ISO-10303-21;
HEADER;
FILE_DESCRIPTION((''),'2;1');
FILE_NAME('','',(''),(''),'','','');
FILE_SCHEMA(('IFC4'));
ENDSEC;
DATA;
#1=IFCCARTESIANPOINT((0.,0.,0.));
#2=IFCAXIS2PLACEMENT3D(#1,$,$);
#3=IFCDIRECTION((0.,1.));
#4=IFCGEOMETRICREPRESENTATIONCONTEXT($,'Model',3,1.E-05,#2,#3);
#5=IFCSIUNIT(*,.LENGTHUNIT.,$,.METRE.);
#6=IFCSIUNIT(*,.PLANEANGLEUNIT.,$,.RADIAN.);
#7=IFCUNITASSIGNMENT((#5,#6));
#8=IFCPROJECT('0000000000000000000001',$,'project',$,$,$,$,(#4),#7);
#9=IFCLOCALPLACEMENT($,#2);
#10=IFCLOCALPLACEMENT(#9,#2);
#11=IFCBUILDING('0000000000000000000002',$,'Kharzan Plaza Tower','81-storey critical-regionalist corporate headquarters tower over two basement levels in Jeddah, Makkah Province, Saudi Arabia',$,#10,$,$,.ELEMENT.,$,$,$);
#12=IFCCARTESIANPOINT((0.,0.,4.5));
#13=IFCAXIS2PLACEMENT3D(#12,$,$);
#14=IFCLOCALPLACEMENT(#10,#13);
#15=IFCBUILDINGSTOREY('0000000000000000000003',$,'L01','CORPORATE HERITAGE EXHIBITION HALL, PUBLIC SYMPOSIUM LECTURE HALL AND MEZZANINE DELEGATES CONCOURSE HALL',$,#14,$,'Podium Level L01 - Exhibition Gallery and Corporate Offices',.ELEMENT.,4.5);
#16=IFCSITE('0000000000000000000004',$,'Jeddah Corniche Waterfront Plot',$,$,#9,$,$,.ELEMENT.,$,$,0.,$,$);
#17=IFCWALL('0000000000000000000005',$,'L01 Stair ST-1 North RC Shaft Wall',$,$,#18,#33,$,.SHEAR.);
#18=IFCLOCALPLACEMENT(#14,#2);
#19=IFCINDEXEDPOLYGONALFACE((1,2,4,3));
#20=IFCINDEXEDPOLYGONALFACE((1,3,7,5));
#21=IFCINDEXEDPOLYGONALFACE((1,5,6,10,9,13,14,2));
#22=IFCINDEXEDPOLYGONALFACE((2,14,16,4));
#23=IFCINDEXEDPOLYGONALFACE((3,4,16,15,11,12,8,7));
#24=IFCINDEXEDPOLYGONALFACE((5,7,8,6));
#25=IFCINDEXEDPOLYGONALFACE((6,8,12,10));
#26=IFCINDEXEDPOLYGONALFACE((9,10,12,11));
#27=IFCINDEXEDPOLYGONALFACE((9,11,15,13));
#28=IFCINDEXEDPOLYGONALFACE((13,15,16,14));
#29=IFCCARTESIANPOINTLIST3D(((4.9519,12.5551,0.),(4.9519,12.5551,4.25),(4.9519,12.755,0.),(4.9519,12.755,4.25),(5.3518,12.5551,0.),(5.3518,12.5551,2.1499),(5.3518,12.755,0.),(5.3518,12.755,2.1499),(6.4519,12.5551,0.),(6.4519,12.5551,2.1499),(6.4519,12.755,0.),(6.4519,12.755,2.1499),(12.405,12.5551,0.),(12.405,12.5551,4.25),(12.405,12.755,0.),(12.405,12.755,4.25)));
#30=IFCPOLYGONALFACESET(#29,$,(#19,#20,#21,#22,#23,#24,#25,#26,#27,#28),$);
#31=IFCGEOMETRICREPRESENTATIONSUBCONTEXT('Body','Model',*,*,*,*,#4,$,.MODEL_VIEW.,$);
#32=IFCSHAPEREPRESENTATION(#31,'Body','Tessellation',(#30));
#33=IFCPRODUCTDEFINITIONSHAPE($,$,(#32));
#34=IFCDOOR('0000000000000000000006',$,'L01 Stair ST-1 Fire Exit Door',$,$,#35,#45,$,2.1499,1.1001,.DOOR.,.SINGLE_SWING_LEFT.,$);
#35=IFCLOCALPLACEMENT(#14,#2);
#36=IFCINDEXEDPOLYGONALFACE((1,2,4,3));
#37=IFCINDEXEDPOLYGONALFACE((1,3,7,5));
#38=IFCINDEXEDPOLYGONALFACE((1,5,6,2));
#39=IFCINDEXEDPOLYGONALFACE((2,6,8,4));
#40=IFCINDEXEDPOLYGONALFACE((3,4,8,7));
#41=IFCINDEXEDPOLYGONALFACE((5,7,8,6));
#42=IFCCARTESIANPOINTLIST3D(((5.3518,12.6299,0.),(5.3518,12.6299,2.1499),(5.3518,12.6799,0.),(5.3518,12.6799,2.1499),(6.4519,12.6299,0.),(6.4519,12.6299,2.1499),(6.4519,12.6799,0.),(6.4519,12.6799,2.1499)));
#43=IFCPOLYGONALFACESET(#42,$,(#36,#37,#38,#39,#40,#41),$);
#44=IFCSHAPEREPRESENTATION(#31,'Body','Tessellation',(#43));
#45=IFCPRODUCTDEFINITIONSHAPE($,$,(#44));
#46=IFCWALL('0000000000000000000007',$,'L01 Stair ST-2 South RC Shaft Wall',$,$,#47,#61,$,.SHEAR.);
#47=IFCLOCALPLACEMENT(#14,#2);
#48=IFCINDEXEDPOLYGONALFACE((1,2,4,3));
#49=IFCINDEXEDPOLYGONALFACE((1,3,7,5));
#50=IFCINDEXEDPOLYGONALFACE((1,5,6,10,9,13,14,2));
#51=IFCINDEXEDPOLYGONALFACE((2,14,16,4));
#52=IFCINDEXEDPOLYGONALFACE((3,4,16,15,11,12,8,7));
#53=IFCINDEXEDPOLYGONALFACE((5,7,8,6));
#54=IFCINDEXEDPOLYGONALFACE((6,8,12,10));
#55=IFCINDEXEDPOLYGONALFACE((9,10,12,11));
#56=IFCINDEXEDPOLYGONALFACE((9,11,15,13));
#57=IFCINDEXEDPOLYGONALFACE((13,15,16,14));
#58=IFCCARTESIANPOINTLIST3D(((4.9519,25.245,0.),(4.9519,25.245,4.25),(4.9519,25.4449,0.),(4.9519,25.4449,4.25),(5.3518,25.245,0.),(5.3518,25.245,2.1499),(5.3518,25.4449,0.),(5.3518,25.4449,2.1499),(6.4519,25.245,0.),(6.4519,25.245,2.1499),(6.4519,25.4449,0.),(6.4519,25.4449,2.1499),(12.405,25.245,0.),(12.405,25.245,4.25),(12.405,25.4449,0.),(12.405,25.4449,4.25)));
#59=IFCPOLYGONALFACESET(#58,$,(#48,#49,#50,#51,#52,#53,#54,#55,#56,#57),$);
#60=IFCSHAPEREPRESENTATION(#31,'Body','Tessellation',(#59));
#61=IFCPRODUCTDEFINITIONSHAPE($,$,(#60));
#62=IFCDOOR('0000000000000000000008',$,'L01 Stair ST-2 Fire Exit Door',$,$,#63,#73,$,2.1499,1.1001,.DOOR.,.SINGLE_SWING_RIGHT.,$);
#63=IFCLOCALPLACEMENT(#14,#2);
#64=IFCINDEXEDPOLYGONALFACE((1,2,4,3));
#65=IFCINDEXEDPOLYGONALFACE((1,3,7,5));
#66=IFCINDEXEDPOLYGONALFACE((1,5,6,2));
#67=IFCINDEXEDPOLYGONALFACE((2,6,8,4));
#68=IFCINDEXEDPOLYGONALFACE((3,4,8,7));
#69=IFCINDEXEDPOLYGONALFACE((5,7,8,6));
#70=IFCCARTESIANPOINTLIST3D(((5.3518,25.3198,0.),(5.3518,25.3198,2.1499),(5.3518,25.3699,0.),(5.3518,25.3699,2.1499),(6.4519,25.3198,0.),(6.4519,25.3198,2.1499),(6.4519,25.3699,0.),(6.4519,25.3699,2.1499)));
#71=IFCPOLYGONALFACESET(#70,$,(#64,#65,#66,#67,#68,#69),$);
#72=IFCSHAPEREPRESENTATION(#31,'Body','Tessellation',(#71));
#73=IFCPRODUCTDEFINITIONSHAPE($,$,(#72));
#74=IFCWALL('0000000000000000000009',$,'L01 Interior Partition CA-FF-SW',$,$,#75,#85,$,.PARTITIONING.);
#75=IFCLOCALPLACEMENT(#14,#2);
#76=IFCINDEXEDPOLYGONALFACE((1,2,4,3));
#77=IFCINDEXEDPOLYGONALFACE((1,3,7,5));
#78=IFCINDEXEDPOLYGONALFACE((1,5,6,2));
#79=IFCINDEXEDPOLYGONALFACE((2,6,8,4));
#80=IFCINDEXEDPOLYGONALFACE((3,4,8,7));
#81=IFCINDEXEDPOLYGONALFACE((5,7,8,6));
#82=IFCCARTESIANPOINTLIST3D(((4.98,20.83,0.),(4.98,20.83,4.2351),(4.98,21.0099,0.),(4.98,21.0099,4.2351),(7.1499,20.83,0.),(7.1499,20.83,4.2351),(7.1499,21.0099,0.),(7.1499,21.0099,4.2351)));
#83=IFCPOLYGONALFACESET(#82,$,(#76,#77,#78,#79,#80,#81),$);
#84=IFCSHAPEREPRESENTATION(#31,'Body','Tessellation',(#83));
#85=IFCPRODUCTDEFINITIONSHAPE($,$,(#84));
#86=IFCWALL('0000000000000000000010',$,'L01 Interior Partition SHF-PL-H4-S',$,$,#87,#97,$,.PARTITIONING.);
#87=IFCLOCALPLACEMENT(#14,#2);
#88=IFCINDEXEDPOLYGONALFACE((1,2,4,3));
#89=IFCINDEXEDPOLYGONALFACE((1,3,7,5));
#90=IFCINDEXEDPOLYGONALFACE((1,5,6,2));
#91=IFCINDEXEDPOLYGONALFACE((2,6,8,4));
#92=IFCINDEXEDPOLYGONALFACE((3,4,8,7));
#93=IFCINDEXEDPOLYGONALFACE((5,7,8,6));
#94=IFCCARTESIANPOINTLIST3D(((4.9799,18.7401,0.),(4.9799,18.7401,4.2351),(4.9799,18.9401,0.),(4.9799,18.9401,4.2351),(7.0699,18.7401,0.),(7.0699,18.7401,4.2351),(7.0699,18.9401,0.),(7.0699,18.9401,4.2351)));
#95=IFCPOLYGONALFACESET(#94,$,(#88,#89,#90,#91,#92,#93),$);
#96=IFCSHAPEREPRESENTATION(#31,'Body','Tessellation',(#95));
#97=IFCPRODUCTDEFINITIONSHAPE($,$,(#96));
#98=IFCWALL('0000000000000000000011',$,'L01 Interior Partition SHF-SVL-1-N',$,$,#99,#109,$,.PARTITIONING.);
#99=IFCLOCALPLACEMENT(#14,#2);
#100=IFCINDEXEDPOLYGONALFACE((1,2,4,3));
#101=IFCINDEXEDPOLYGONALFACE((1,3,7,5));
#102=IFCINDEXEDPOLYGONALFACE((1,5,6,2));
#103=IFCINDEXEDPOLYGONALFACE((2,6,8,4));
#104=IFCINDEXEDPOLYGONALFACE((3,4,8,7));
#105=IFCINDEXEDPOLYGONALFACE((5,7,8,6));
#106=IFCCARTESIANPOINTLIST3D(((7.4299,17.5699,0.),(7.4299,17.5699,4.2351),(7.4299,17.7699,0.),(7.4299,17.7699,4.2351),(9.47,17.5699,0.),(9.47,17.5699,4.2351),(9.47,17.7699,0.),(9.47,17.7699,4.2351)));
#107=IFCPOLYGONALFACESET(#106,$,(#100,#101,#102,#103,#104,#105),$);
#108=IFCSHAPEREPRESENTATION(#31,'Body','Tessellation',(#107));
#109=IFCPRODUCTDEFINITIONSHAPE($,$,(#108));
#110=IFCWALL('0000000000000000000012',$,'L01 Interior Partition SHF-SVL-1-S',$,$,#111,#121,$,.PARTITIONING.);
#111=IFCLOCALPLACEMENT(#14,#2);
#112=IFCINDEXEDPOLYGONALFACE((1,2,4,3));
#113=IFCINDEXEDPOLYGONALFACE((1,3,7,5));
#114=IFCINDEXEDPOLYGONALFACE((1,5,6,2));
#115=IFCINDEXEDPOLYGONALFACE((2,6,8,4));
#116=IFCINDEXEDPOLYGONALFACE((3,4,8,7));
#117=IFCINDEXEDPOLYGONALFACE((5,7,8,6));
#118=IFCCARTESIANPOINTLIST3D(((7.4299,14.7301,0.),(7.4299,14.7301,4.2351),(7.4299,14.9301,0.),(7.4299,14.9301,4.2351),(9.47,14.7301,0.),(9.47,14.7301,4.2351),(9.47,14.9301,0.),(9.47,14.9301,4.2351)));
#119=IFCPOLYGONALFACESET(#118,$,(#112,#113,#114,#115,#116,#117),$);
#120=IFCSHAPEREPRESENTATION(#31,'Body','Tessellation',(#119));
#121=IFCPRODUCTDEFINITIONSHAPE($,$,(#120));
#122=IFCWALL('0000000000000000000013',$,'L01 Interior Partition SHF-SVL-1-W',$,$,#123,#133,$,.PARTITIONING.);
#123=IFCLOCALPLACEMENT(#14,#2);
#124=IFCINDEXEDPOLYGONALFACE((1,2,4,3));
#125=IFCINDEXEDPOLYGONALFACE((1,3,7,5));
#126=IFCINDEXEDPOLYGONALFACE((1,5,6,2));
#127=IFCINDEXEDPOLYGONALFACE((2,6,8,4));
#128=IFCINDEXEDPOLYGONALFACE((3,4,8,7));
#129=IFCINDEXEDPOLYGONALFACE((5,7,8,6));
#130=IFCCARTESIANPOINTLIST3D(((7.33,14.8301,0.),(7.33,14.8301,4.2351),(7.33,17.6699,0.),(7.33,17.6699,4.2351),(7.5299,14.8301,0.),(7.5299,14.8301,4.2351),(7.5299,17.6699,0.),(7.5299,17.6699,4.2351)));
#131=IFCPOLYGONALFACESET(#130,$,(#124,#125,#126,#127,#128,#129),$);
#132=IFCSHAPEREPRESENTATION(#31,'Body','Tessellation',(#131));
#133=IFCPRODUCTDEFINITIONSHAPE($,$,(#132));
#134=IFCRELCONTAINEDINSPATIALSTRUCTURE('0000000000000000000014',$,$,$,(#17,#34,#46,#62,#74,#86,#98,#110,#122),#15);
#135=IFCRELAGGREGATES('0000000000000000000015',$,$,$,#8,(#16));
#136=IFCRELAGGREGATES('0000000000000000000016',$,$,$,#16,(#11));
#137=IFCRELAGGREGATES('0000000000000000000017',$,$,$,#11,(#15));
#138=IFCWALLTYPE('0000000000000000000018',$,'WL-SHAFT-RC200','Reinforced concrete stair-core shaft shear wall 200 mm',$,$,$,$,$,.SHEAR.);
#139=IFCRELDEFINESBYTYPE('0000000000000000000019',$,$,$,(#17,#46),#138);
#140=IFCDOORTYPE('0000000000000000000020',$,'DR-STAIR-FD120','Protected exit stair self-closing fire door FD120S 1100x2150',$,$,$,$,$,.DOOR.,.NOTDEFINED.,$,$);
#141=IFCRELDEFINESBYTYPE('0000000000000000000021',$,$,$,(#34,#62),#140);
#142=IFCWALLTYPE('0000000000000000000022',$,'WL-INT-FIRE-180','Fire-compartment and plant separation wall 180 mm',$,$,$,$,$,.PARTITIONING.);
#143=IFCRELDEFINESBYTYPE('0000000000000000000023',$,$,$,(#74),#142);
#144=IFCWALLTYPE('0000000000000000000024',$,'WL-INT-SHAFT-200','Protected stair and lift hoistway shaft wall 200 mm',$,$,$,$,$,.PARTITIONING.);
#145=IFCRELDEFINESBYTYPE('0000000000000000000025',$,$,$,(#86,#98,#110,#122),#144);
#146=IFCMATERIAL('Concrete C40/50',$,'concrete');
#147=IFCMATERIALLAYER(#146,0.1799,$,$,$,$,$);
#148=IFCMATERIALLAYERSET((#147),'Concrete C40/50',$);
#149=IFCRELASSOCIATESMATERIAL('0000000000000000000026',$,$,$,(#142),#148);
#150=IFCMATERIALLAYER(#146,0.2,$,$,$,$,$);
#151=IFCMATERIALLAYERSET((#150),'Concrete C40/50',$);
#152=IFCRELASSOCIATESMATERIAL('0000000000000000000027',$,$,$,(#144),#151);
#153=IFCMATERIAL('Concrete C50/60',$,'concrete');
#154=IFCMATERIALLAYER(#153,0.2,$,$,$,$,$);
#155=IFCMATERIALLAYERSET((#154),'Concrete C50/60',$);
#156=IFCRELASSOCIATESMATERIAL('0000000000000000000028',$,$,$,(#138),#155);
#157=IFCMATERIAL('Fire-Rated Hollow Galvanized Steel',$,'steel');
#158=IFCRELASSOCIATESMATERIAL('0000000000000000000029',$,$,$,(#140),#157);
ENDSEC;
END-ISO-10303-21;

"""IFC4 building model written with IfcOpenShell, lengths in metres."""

from ifc_helpers import new_model, si_unit, direction, frame, frame_2d, origin, place, context, subcontext, project, spatial, rectangle, extrude, source, transform, mapped, material, layer, layer_set, type_object, element, fill, save


model = new_model("IFC4")

# Units and contexts
model_context = context("Model", 3, precision=1e-05, world=origin(), true_north=direction((0.0, 1.0)))
body_context = subcontext(model_context, "Body", "Model", "MODEL_VIEW")
ifc_project = project(units=[si_unit("LENGTHUNIT", "METRE"), si_unit("PLANEANGLEUNIT", "RADIAN")], contexts=[model_context])

# Site, building, storey
site_placement = place(None, origin())
site = spatial("IfcSite", under=ifc_project, at=site_placement, Name="Jeddah Corniche Waterfront Plot", CompositionType="ELEMENT", RefElevation=0.0)
building_placement = place(site_placement, origin())
building = spatial("IfcBuilding", under=site, at=building_placement, Name="Kharzan Plaza Tower", Description="81-storey critical-regionalist corporate headquarters tower over two basement levels in Jeddah, Makkah Province, Saudi Arabia", CompositionType="ELEMENT")
storey_placement = place(building_placement, frame((0.0, 0.0, 4.5)))
storey = spatial("IfcBuildingStorey", under=building, at=storey_placement, Name="L01", Description="CORPORATE HERITAGE EXHIBITION HALL, PUBLIC SYMPOSIUM LECTURE HALL AND MEZZANINE DELEGATES CONCOURSE HALL", LongName="Podium Level L01 - Exhibition Gallery and Corporate Offices", CompositionType="ELEMENT", Elevation=4.5)

# Shared definitions
ifc_material_1 = material(Name="Concrete C40/50", Category="concrete")
ifc_layer_1 = layer(ifc_material_1, 0.1799)
ifc_layer_set_1 = layer_set([ifc_layer_1], Name="Concrete C40/50")
wall_type_1 = type_object("IfcWallType", Name="WL-INT-FIRE-180", Description="Fire-compartment and plant separation wall 180 mm", PredefinedType="PARTITIONING", material=ifc_layer_set_1)
ifc_layer_2 = layer(ifc_material_1, 0.2)
ifc_layer_set_2 = layer_set([ifc_layer_2], Name="Concrete C40/50")
wall_type_2 = type_object("IfcWallType", Name="WL-INT-SHAFT-200", Description="Protected stair and lift hoistway shaft wall 200 mm", PredefinedType="PARTITIONING", material=ifc_layer_set_2)

# Walls, openings, doors
ifc_material_2 = material(Name="Concrete C50/60", Category="concrete")
ifc_layer_3 = layer(ifc_material_2, 0.2)
ifc_layer_set_3 = layer_set([ifc_layer_3], Name="Concrete C50/60")
wall_type_3 = type_object("IfcWallType", Name="WL-SHAFT-RC200", Description="Reinforced concrete stair-core shaft shear wall 200 mm", PredefinedType="SHEAR", material=ifc_layer_set_3)
wall_1_placement = place(storey_placement, frame((4.9519, 12.655, 0.0), z_axis=(0.0, 0.0, 1.0), x_axis=(1.0, 0.0, 0.0)))
wall_1 = element("IfcWall", 1, at=wall_1_placement, inside=storey, type_object=wall_type_3, Name="L01 Stair ST-1 North RC Shaft Wall", PredefinedType="SHEAR", context=body_context, shape_type="SweptSolid", body=[
    extrude(rectangle(XDim=7.4531, YDim=0.2, at=frame_2d((3.7266, 0.0))), origin(), (0.0, 0.0, 1.0), 4.25),
])
opening_1_placement = place(wall_1_placement, frame((0.3999, 0.0, 0.0)))
opening_1 = element("IfcOpeningElement", 2, at=opening_1_placement, cuts=wall_1, PredefinedType="OPENING", context=body_context, shape_type="SweptSolid", body=[
    extrude(rectangle(XDim=1.1001, YDim=2.1499, at=frame_2d((0.55, 1.075))), frame((0.0, 0.1099, 0.0), z_axis=(0.0, -1.0, 0.0), x_axis=(1.0, 0.0, 0.0)), (0.0, 0.0, 1.0), 0.22),
])
ifc_material_3 = material(Name="Fire-Rated Hollow Galvanized Steel", Category="steel")
door_type_1 = type_object("IfcDoorType", Name="DR-STAIR-FD120", Description="Protected exit stair self-closing fire door FD120S 1100x2150", OperationType="NOTDEFINED", PredefinedType="DOOR", material=ifc_material_3)
shared_shape_1 = source(origin(), body_context, "Body", "SweptSolid", [
    extrude(rectangle(XDim=1.1001, YDim=2.1499, at=frame_2d((0.55, 1.075))), frame((0.0, 0.0249, 0.0), z_axis=(0.0, -1.0, 0.0), x_axis=(1.0, 0.0, 0.0)), (0.0, 0.0, 1.0), 0.05),
])
door_1_placement = place(opening_1_placement, origin())
door_1 = element("IfcDoor", 3, at=door_1_placement, inside=storey, type_object=door_type_1, Name="L01 Stair ST-1 Fire Exit Door", OperationType="SINGLE_SWING_LEFT", OverallHeight=2.1499, OverallWidth=1.1001, PredefinedType="DOOR", context=body_context, shape_type="MappedRepresentation", body=[
    mapped(shared_shape_1, transform((0.0, 0.0, 0.0), x_axis=(1.0, 0.0, 0.0), y_axis=(0.0, 1.0, 0.0), z_axis=(0.0, 0.0, 1.0))),
])
fill(opening_1, door_1)
wall_2_placement = place(storey_placement, frame((4.9519, 25.345, 0.0), z_axis=(0.0, 0.0, 1.0), x_axis=(1.0, 0.0, 0.0)))
wall_2 = element("IfcWall", 4, at=wall_2_placement, inside=storey, type_object=wall_type_3, Name="L01 Stair ST-2 South RC Shaft Wall", PredefinedType="SHEAR", context=body_context, shape_type="SweptSolid", body=[
    extrude(rectangle(XDim=7.4531, YDim=0.2, at=frame_2d((3.7266, 0.0))), origin(), (0.0, 0.0, 1.0), 4.25),
])
opening_2_placement = place(wall_2_placement, frame((0.3999, 0.0, 0.0)))
opening_2 = element("IfcOpeningElement", 5, at=opening_2_placement, cuts=wall_2, PredefinedType="OPENING", context=body_context, shape_type="SweptSolid", body=[
    extrude(rectangle(XDim=1.1001, YDim=2.1499, at=frame_2d((0.55, 1.075))), frame((0.0, 0.1099, 0.0), z_axis=(0.0, -1.0, 0.0), x_axis=(1.0, 0.0, 0.0)), (0.0, 0.0, 1.0), 0.22),
])
door_2_placement = place(opening_2_placement, origin())
door_2 = element("IfcDoor", 6, at=door_2_placement, inside=storey, type_object=door_type_1, Name="L01 Stair ST-2 Fire Exit Door", OperationType="SINGLE_SWING_RIGHT", OverallHeight=2.1499, OverallWidth=1.1001, PredefinedType="DOOR", context=body_context, shape_type="MappedRepresentation", body=[
    mapped(shared_shape_1, transform((0.0, 0.0, 0.0), x_axis=(1.0, 0.0, 0.0), y_axis=(0.0, 1.0, 0.0), z_axis=(0.0, 0.0, 1.0))),
])
fill(opening_2, door_2)

# Walls
shared_shape_2 = source(origin(), body_context, "Body", "SweptSolid", [
    extrude(rectangle(XDim=2.1699, YDim=0.1799, at=frame_2d((1.085, 0.0))), origin(), (0.0, 0.0, 1.0), 4.2351),
])
wall_3_placement = place(storey_placement, frame((4.98, 20.9199, 0.0), z_axis=(0.0, 0.0, 1.0), x_axis=(1.0, 0.0, 0.0)))
element("IfcWall", 7, at=wall_3_placement, inside=storey, type_object=wall_type_1, Name="L01 Interior Partition CA-FF-SW", PredefinedType="PARTITIONING", context=body_context, shape_type="MappedRepresentation", body=[
    mapped(shared_shape_2, transform((0.0, 0.0, 0.0), x_axis=(1.0, 0.0, 0.0), y_axis=(0.0, 1.0, 0.0), z_axis=(0.0, 0.0, 1.0))),
])
shared_shape_3 = source(origin(), body_context, "Body", "SweptSolid", [
    extrude(rectangle(XDim=2.0901, YDim=0.2, at=frame_2d((1.0449, 0.0))), origin(), (0.0, 0.0, 1.0), 4.2351),
])
wall_4_placement = place(storey_placement, frame((4.98, 18.8401, 0.0), z_axis=(0.0, 0.0, 1.0), x_axis=(1.0, 0.0, 0.0)))
element("IfcWall", 8, at=wall_4_placement, inside=storey, type_object=wall_type_2, Name="L01 Interior Partition SHF-PL-H4-S", PredefinedType="PARTITIONING", context=body_context, shape_type="MappedRepresentation", body=[
    mapped(shared_shape_3, transform((0.0, 0.0, 0.0), x_axis=(1.0, 0.0, 0.0), y_axis=(0.0, 1.0, 0.0), z_axis=(0.0, 0.0, 1.0))),
])
shared_shape_4 = source(origin(), body_context, "Body", "SweptSolid", [
    extrude(rectangle(XDim=2.04, YDim=0.2, at=frame_2d((1.02, 0.0))), origin(), (0.0, 0.0, 1.0), 4.2351),
])
for number, where, z_axis, x_axis, name in (
    (9, (7.4299, 17.6699, 0.0), (0.0, 0.0, 1.0), (1.0, 0.0, 0.0), "L01 Interior Partition SHF-SVL-1-N"),
    (10, (7.4299, 14.8301, 0.0), (0.0, 0.0, 1.0), (1.0, 0.0, 0.0), "L01 Interior Partition SHF-SVL-1-S"),
):
    element("IfcWall", number, at=place(storey_placement, frame(where, z_axis=z_axis, x_axis=x_axis)), inside=storey, type_object=wall_type_2, Name=name, PredefinedType="PARTITIONING", context=body_context, shape_type="MappedRepresentation", body=[
        mapped(shared_shape_4, transform((0.0, 0.0, 0.0), x_axis=(1.0, 0.0, 0.0), y_axis=(0.0, 1.0, 0.0), z_axis=(0.0, 0.0, 1.0))),
    ])
shared_shape_5 = source(origin(), body_context, "Body", "SweptSolid", [
    extrude(rectangle(XDim=2.8398, YDim=0.2, at=frame_2d((1.4199, 0.0))), origin(), (0.0, 0.0, 1.0), 4.2351),
])
wall_5_placement = place(storey_placement, frame((7.4299, 14.8301, 0.0), z_axis=(0.0, 0.0, 1.0), x_axis=(0.0, 1.0, 0.0)))
element("IfcWall", 11, at=wall_5_placement, inside=storey, type_object=wall_type_2, Name="L01 Interior Partition SHF-SVL-1-W", PredefinedType="PARTITIONING", context=body_context, shape_type="MappedRepresentation", body=[
    mapped(shared_shape_5, transform((0.0, 0.0, 0.0), x_axis=(1.0, 0.0, 0.0), y_axis=(0.0, 1.0, 0.0), z_axis=(0.0, 0.0, 1.0))),
])

save(model, "model.ifc")
